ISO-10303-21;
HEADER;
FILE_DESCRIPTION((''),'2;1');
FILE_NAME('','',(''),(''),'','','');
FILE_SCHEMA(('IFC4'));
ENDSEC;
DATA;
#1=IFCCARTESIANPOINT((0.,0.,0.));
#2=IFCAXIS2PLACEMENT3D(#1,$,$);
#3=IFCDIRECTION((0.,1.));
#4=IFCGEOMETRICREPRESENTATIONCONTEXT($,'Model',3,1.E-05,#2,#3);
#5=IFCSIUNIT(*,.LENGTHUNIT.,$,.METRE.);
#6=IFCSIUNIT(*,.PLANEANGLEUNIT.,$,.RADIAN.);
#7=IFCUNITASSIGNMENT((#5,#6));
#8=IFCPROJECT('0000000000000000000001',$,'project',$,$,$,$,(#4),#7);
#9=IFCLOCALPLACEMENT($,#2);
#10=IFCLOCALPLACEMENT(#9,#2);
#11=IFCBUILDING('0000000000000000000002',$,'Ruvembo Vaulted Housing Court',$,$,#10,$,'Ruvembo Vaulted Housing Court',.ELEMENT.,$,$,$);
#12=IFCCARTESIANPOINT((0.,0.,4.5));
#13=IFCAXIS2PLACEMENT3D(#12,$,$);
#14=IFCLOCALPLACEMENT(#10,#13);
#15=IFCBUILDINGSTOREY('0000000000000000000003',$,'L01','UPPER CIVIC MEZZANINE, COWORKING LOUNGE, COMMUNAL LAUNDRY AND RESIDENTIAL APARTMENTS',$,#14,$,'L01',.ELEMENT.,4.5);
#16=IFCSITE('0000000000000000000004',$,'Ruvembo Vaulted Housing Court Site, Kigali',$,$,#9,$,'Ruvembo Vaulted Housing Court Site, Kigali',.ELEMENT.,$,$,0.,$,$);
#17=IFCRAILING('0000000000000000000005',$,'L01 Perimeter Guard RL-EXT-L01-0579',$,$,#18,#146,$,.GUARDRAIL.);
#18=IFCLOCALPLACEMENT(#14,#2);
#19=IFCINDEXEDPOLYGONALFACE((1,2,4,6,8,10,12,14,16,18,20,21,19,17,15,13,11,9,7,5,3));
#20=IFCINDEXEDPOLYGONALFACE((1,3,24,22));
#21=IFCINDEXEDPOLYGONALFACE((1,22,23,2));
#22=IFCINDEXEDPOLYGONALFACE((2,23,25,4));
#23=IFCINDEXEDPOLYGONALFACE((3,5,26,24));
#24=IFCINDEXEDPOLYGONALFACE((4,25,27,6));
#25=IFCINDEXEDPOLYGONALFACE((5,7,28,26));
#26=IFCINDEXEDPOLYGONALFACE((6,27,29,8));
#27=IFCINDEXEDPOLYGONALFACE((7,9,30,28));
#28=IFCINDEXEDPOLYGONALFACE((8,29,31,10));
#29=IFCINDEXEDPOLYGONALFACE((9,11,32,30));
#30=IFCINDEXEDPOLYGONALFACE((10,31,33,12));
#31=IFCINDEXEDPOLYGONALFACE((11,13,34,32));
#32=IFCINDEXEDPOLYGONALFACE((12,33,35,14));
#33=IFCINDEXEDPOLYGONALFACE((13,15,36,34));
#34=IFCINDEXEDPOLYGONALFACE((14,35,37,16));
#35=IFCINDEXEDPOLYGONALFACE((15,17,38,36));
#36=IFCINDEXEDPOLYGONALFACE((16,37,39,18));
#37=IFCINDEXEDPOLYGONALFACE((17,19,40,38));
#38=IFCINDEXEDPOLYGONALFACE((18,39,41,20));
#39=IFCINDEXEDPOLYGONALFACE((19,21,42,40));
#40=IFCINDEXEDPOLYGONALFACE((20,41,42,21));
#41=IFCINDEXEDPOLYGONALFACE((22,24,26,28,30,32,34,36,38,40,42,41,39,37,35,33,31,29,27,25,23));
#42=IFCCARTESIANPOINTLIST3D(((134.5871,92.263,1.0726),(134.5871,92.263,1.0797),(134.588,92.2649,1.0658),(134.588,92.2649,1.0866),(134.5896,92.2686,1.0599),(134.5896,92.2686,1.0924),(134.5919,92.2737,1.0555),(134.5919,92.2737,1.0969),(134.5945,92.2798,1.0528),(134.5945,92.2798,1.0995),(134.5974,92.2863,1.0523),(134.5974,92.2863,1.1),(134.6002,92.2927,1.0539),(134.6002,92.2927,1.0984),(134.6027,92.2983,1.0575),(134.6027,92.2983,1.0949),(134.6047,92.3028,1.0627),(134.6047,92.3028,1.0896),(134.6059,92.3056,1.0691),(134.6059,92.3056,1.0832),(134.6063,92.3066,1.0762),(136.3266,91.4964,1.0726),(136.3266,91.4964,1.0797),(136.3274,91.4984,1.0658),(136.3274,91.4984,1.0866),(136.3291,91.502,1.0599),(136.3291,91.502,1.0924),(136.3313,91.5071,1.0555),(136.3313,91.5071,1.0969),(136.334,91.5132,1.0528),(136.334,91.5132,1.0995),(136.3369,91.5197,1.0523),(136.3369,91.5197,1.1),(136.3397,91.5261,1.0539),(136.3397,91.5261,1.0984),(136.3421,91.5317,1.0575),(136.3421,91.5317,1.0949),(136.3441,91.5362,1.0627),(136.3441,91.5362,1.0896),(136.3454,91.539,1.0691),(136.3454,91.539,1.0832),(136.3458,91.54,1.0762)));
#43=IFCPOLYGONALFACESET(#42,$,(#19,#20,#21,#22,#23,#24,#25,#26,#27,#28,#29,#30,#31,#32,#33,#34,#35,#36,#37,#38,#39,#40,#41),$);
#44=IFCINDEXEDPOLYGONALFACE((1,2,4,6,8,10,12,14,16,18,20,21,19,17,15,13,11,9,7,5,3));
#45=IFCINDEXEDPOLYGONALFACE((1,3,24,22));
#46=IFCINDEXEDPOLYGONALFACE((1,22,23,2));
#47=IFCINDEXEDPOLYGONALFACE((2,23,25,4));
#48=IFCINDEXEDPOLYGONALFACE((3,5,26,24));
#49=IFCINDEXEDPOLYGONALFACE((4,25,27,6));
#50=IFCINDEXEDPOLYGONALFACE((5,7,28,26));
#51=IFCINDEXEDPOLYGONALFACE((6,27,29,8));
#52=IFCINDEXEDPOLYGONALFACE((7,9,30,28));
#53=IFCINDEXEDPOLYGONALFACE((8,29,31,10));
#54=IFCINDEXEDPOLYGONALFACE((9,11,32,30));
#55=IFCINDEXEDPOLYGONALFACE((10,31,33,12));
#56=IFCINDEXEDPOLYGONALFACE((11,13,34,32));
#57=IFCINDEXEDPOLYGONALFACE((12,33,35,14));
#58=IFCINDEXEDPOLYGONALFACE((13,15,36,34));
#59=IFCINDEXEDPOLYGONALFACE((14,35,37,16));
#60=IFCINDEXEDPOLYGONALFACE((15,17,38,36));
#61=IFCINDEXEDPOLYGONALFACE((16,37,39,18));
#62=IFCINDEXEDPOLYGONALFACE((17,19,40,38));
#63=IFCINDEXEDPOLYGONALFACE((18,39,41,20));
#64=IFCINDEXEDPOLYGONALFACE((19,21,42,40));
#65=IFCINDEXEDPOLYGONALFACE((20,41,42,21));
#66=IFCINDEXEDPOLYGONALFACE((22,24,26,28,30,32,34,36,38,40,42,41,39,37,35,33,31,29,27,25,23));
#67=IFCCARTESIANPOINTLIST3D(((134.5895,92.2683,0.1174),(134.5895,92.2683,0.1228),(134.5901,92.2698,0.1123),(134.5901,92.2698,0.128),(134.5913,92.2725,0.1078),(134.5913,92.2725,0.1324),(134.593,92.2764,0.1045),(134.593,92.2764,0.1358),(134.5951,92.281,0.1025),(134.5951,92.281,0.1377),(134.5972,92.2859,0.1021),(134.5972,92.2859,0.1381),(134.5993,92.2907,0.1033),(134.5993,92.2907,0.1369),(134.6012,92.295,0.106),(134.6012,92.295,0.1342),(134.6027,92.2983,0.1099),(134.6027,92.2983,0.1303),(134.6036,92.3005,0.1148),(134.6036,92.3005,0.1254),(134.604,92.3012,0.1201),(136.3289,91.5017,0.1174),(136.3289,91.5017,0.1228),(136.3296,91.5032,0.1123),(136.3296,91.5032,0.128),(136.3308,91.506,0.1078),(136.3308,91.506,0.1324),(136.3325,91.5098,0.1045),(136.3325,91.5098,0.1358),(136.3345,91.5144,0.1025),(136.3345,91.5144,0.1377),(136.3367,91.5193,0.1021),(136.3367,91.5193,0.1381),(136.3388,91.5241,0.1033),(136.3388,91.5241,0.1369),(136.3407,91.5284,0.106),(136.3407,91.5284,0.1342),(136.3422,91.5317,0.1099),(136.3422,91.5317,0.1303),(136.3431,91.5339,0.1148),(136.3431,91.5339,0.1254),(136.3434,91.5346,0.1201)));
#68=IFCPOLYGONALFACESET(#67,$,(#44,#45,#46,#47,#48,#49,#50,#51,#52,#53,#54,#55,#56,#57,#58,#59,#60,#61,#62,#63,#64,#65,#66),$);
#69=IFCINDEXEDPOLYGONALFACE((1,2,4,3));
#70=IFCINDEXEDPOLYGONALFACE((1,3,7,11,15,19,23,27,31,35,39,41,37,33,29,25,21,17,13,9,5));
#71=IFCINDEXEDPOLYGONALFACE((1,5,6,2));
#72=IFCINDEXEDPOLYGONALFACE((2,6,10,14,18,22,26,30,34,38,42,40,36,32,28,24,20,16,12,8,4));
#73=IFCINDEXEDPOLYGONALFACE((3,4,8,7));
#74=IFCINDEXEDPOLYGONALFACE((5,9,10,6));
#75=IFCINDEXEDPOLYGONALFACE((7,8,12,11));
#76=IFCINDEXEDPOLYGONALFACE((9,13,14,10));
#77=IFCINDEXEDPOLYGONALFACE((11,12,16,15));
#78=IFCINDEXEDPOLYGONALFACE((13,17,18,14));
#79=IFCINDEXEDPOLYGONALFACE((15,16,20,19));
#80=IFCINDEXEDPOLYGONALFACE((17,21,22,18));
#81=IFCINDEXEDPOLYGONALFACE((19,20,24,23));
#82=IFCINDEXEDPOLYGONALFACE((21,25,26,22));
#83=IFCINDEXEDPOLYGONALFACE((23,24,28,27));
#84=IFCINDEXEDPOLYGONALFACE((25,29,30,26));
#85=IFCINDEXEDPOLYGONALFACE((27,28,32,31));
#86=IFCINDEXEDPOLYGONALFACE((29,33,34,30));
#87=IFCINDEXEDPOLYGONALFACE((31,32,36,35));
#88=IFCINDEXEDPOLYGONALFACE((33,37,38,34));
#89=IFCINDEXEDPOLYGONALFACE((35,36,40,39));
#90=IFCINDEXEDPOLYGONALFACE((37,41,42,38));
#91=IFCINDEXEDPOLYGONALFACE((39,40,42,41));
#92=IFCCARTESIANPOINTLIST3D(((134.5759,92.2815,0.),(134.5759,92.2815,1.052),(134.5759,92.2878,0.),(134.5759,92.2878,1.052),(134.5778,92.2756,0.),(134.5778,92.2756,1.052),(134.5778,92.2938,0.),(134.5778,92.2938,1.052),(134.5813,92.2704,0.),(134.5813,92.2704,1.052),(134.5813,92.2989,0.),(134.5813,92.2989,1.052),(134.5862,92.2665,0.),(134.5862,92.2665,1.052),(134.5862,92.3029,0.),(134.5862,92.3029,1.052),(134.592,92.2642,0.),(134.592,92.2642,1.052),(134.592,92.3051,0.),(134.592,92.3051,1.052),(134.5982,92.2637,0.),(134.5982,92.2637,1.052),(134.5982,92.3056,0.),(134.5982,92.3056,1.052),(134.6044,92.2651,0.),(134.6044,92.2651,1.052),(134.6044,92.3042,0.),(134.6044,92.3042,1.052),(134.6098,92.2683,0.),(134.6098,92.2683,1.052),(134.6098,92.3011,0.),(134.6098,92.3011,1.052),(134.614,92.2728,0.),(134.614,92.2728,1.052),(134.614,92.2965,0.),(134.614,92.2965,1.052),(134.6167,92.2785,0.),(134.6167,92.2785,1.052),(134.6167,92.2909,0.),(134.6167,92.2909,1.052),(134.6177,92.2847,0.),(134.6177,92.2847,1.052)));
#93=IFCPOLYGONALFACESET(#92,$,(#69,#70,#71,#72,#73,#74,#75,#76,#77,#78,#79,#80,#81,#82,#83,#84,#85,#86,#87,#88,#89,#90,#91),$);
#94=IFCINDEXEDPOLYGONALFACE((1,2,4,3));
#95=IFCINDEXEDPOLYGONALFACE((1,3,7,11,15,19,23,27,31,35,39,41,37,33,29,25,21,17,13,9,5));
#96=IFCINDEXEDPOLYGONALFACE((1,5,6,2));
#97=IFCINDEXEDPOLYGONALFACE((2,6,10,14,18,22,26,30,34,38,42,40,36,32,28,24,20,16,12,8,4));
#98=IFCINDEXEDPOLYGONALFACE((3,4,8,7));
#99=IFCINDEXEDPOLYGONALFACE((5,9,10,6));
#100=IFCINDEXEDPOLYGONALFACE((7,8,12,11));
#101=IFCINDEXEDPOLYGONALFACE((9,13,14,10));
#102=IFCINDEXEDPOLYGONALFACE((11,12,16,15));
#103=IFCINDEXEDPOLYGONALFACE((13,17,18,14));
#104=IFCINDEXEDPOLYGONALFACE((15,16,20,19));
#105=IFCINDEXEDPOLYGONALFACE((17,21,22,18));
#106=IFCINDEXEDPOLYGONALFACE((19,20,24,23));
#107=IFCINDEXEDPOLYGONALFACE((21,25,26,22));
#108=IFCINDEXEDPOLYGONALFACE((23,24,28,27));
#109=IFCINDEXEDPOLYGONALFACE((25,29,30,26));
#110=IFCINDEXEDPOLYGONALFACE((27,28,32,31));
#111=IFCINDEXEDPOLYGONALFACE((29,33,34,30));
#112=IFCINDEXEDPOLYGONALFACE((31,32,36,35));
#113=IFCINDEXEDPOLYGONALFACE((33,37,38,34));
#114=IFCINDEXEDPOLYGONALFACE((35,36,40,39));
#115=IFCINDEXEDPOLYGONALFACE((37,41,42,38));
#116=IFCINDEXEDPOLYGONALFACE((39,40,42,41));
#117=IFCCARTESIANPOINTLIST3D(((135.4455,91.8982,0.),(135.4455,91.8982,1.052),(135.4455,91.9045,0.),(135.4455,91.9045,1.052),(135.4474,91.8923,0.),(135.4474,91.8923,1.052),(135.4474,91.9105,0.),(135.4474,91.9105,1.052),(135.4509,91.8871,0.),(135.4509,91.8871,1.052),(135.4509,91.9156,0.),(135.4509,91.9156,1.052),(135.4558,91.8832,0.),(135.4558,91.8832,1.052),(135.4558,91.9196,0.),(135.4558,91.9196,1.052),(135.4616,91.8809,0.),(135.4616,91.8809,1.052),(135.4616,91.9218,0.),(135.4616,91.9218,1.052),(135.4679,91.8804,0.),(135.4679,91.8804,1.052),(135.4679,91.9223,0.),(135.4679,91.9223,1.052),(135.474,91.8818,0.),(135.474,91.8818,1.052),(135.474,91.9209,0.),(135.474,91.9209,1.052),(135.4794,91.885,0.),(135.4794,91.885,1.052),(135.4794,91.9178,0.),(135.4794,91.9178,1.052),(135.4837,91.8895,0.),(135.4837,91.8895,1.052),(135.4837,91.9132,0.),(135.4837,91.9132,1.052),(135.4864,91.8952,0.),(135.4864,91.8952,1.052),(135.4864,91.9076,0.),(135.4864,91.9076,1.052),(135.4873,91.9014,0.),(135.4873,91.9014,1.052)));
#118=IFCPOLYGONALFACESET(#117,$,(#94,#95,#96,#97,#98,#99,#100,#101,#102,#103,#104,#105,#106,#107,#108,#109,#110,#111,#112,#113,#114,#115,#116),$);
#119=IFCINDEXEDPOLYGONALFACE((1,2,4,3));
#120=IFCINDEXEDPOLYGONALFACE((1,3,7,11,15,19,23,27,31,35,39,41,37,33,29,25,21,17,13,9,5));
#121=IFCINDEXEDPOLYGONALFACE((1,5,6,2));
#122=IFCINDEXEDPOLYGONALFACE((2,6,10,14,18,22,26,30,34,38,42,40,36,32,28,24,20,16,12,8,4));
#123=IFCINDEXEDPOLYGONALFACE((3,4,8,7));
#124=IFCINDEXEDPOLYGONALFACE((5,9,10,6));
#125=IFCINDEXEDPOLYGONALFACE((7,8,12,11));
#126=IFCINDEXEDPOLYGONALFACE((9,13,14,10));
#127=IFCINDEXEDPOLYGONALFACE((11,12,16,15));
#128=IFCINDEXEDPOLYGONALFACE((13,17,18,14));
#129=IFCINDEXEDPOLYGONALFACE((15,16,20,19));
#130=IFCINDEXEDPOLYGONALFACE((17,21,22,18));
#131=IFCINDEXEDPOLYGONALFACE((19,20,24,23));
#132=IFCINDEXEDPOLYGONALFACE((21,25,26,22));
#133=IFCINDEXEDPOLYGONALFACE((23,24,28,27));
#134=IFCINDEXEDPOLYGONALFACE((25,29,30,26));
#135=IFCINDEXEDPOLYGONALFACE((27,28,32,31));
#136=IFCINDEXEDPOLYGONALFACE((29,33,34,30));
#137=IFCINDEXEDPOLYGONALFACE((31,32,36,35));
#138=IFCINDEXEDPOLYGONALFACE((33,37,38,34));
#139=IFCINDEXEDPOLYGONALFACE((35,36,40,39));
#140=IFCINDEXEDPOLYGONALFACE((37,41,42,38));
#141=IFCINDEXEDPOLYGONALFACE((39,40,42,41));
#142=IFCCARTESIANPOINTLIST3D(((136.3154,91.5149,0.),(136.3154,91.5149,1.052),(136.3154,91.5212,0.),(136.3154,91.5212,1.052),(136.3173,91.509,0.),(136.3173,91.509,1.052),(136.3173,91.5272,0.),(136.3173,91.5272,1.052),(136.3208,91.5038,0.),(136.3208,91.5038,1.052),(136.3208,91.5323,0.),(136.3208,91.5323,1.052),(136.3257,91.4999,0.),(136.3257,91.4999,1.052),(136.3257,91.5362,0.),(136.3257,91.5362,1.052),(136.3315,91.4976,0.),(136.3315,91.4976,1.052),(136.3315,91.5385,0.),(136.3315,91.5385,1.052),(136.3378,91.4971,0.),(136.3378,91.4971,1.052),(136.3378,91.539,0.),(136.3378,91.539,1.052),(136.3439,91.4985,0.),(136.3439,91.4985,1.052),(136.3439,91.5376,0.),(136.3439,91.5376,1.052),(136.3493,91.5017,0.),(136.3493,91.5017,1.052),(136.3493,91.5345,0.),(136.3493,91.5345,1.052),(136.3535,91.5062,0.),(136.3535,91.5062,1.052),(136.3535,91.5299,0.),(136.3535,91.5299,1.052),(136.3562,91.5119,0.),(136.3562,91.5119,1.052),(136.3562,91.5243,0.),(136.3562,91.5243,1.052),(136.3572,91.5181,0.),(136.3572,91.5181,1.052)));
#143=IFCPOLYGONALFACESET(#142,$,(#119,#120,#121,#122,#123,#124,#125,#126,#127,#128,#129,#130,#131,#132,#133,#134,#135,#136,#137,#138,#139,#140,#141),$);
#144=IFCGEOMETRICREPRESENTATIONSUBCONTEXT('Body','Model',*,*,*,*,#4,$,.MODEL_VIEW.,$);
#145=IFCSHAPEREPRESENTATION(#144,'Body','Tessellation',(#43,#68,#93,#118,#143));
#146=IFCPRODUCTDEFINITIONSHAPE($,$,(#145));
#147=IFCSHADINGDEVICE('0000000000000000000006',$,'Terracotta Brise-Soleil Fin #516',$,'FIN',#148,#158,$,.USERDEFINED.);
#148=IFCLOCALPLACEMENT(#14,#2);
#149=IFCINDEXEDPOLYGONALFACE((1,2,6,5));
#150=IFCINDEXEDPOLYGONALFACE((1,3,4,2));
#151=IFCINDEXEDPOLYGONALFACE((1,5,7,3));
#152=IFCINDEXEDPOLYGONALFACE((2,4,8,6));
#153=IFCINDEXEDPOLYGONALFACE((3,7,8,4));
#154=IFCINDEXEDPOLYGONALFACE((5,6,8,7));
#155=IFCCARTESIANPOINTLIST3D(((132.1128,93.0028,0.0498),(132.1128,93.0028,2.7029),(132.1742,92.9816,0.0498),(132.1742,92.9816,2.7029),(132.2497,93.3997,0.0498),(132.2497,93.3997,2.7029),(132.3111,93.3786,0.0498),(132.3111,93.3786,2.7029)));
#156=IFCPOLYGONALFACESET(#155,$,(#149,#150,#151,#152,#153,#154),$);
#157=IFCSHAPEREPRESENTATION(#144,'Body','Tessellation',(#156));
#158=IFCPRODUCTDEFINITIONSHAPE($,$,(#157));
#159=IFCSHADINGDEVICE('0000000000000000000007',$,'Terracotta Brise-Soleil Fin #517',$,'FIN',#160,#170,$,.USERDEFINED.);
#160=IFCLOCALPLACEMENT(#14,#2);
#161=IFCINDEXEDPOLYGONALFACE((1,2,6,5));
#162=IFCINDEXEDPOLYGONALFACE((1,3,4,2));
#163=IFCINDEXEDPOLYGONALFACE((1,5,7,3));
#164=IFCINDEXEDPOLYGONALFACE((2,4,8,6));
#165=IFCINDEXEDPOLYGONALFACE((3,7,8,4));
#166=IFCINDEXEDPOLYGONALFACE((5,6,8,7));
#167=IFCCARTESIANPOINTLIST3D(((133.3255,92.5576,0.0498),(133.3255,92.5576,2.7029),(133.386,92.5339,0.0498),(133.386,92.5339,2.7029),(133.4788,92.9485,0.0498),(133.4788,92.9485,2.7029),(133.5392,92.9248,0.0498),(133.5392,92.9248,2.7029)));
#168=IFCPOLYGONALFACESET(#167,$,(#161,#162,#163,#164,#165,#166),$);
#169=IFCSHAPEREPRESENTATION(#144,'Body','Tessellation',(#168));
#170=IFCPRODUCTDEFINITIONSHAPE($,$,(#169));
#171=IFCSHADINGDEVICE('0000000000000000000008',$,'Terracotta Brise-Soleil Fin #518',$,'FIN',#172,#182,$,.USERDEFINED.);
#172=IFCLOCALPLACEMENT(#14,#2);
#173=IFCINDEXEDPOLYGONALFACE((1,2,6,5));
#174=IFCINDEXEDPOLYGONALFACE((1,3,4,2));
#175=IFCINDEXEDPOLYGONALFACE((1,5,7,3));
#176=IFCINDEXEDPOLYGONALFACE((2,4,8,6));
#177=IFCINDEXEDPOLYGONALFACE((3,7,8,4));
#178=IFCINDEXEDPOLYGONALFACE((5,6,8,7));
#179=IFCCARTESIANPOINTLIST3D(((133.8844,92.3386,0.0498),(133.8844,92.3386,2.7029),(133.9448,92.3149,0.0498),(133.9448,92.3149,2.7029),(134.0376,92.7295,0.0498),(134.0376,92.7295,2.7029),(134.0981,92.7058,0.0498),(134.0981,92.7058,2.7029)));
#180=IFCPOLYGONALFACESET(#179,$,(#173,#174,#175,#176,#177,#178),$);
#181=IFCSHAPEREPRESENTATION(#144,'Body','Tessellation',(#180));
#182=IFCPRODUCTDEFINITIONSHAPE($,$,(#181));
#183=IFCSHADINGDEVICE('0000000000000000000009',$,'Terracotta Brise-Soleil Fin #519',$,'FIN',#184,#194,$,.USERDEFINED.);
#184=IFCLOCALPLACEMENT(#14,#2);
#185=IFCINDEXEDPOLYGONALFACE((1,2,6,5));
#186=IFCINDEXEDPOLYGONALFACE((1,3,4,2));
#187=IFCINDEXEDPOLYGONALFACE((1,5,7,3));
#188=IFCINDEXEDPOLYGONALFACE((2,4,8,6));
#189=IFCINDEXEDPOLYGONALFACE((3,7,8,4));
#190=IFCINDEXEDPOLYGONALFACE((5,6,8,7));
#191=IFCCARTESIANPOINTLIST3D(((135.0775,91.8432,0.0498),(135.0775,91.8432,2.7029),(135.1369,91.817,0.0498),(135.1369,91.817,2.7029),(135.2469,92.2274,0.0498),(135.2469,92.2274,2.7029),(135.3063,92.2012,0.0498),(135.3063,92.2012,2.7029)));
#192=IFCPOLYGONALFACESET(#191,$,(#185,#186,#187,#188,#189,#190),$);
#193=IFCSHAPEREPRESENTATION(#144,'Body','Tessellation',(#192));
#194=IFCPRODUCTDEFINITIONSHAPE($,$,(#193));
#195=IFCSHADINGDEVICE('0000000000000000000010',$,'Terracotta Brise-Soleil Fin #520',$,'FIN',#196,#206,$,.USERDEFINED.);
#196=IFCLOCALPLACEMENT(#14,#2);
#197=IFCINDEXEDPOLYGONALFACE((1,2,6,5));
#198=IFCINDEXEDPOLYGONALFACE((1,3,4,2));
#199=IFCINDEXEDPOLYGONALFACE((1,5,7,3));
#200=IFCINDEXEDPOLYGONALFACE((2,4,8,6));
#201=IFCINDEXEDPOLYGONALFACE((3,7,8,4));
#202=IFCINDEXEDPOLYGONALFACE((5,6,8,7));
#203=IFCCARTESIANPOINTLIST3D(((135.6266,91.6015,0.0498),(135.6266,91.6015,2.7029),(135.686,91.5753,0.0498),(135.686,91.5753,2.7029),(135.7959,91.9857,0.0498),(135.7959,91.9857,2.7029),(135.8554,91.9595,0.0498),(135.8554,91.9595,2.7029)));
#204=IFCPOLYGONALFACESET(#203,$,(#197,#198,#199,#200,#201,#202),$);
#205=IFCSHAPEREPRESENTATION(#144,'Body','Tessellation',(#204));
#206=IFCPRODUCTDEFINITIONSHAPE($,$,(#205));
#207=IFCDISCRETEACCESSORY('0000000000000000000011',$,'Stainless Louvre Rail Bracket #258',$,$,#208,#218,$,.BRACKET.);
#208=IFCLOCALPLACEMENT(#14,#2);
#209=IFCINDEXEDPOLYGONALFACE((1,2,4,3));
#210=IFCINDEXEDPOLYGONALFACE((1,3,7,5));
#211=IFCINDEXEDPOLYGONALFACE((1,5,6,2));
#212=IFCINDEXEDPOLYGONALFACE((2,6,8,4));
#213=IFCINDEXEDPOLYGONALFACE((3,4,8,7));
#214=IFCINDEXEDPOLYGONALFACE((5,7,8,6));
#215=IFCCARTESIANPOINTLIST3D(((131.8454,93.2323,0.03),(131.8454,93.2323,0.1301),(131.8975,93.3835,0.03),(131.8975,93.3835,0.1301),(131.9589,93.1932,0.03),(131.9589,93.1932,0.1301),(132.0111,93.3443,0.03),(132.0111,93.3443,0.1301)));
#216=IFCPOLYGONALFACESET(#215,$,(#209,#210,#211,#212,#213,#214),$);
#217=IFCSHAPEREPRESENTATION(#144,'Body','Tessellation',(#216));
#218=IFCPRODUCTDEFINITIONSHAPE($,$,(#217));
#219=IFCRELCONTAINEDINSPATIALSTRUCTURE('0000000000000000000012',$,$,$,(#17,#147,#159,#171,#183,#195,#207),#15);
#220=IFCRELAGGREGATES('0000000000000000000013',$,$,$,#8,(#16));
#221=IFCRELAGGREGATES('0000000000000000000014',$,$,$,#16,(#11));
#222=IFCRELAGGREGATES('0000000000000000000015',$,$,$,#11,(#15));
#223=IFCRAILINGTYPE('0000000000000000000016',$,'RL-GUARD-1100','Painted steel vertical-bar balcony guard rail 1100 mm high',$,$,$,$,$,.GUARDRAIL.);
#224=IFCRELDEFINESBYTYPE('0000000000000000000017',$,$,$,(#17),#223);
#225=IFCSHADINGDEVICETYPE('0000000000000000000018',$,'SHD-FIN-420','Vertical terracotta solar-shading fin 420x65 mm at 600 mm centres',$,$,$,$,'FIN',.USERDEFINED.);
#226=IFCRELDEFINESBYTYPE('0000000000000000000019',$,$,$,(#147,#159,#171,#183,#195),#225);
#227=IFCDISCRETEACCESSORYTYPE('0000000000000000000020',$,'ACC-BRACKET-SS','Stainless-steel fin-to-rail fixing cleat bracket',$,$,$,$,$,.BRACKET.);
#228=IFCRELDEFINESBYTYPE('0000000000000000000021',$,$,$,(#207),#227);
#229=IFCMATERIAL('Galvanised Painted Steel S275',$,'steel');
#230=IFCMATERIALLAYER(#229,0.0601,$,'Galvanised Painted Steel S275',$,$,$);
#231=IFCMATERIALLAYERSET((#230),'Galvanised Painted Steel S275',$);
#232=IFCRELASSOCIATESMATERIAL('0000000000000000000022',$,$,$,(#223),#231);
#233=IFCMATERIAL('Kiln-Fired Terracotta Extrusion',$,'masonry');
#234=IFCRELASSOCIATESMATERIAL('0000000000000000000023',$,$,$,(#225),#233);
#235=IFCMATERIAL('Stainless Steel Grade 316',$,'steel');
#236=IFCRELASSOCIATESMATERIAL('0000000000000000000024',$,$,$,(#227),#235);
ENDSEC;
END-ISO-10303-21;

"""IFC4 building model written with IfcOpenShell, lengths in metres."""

from ifc_helpers import new_model, si_unit, direction, frame, origin, origin_2d, place, context, subcontext, project, spatial, rectangle, circle, extrude, material, layer, layer_set, type_object, element, save


model = new_model("IFC4")

# Units and contexts
model_context = context("Model", 3, precision=1e-05, world=origin(), true_north=direction((0.0, 1.0)))
body_context = subcontext(model_context, "Body", "Model", "MODEL_VIEW")
ifc_project = project(units=[si_unit("LENGTHUNIT", "METRE"), si_unit("PLANEANGLEUNIT", "RADIAN")], contexts=[model_context])

# Site, building, storey
site_placement = place(None, origin())
site = spatial("IfcSite", under=ifc_project, at=site_placement, Name="Ruvembo Vaulted Housing Court Site, Kigali", LongName="Ruvembo Vaulted Housing Court Site, Kigali", CompositionType="ELEMENT", RefElevation=0.0)
building_placement = place(site_placement, origin())
building = spatial("IfcBuilding", under=site, at=building_placement, Name="Ruvembo Vaulted Housing Court", LongName="Ruvembo Vaulted Housing Court", CompositionType="ELEMENT")
storey_placement = place(building_placement, frame((0.0, 0.0, 4.5)))
storey = spatial("IfcBuildingStorey", under=building, at=storey_placement, Name="L01", Description="UPPER CIVIC MEZZANINE, COWORKING LOUNGE, COMMUNAL LAUNDRY AND RESIDENTIAL APARTMENTS", LongName="L01", CompositionType="ELEMENT", Elevation=4.5)

# Railing
ifc_material_1 = material(Name="Galvanised Painted Steel S275", Category="steel")
ifc_layer_1 = layer(ifc_material_1, 0.0601, Name="Galvanised Painted Steel S275")
ifc_layer_set_1 = layer_set([ifc_layer_1], Name="Galvanised Painted Steel S275")
railing_type = type_object("IfcRailingType", Name="RL-GUARD-1100", Description="Painted steel vertical-bar balcony guard rail 1100 mm high", PredefinedType="GUARDRAIL", material=ifc_layer_set_1)
railing_1_placement = place(storey_placement, frame((134.5967, 92.2847, 0.0)))
element("IfcRailing", 1, at=railing_1_placement, inside=storey, type_object=railing_type, Name="L01 Perimeter Guard RL-EXT-L01-0579", PredefinedType="GUARDRAIL", context=body_context, shape_type="SweptSolid", body=[
    extrude(circle(Radius=0.0239, at=origin_2d()), frame((0.0, 0.0, 1.0762), z_axis=(0.915078, -0.403277, 0.0), x_axis=(0.403277, 0.915078, 0.0)), (0.0, 0.0, 1.0), 1.9009),
    extrude(circle(Radius=0.0181, at=origin_2d()), frame((0.0, 0.0, 0.1201), z_axis=(0.915078, -0.403277, 0.0), x_axis=(0.403277, 0.915078, 0.0)), (0.0, 0.0, 1.0), 1.9009),
    extrude(circle(Radius=0.021, at=origin_2d()), origin(), (0.0, 0.0, 1.0), 1.052),
    extrude(circle(Radius=0.021, at=origin_2d()), frame((0.8696, -0.3833, 0.0)), (0.0, 0.0, 1.0), 1.052),
    extrude(circle(Radius=0.021, at=origin_2d()), frame((1.7395, -0.7666, 0.0)), (0.0, 0.0, 1.0), 1.052),
])

# Shading devices
ifc_material_2 = material(Name="Kiln-Fired Terracotta Extrusion", Category="masonry")
shading_device_type = type_object("IfcShadingDeviceType", Name="SHD-FIN-420", Description="Vertical terracotta solar-shading fin 420x65 mm at 600 mm centres", ElementType="FIN", PredefinedType="USERDEFINED", material=ifc_material_2)
for number, where, z_axis, x_axis, name in (
    (2, (132.2119, 93.1907, 0.0498), (0.0, 0.0, 1.0), (-0.32603, -0.945359, 0.0), "Terracotta Brise-Soleil Fin #516"),
    (3, (133.4324, 92.7412, 0.0498), (0.0, 0.0, 1.0), (-0.364958, -0.931024, 0.0), "Terracotta Brise-Soleil Fin #517"),
    (4, (133.9912, 92.5222, 0.0498), (0.0, 0.0, 1.0), (-0.364958, -0.931024, 0.0), "Terracotta Brise-Soleil Fin #518"),
    (5, (135.1919, 92.0222, 0.0498), (0.0, 0.0, 1.0), (-0.403306, -0.915065, 0.0), "Terracotta Brise-Soleil Fin #519"),
    (6, (135.741, 91.7805, 0.0498), (0.0, 0.0, 1.0), (-0.403306, -0.915065, 0.0), "Terracotta Brise-Soleil Fin #520"),
):
    element("IfcShadingDevice", number, at=place(storey_placement, frame(where, z_axis=z_axis, x_axis=x_axis)), inside=storey, type_object=shading_device_type, Name=name, ObjectType="FIN", PredefinedType="USERDEFINED", context=body_context, shape_type="SweptSolid", body=[
        extrude(rectangle(XDim=0.4199, YDim=0.0649, at=origin_2d()), origin(), (0.0, 0.0, 1.0), 2.6531),
    ])

# Discrete accessory
ifc_material_3 = material(Name="Stainless Steel Grade 316", Category="steel")
discrete_accessory_type = type_object("IfcDiscreteAccessoryType", Name="ACC-BRACKET-SS", Description="Stainless-steel fin-to-rail fixing cleat bracket", PredefinedType="BRACKET", material=ifc_material_3)
for number, where, z_axis, x_axis, name in (
    (7, (131.9282, 93.2883, 0.03), (0.0, 0.0, 1.0), (-0.32603, -0.945359, 0.0), "Stainless Louvre Rail Bracket #258"),
):
    element("IfcDiscreteAccessory", number, at=place(storey_placement, frame(where, z_axis=z_axis, x_axis=x_axis)), inside=storey, type_object=discrete_accessory_type, Name=name, PredefinedType="BRACKET", context=body_context, shape_type="SweptSolid", body=[
        extrude(rectangle(XDim=0.1599, YDim=0.1201, at=origin_2d()), origin(), (0.0, 0.0, 1.0), 0.1001),
    ])

save(model, "model.ifc")
